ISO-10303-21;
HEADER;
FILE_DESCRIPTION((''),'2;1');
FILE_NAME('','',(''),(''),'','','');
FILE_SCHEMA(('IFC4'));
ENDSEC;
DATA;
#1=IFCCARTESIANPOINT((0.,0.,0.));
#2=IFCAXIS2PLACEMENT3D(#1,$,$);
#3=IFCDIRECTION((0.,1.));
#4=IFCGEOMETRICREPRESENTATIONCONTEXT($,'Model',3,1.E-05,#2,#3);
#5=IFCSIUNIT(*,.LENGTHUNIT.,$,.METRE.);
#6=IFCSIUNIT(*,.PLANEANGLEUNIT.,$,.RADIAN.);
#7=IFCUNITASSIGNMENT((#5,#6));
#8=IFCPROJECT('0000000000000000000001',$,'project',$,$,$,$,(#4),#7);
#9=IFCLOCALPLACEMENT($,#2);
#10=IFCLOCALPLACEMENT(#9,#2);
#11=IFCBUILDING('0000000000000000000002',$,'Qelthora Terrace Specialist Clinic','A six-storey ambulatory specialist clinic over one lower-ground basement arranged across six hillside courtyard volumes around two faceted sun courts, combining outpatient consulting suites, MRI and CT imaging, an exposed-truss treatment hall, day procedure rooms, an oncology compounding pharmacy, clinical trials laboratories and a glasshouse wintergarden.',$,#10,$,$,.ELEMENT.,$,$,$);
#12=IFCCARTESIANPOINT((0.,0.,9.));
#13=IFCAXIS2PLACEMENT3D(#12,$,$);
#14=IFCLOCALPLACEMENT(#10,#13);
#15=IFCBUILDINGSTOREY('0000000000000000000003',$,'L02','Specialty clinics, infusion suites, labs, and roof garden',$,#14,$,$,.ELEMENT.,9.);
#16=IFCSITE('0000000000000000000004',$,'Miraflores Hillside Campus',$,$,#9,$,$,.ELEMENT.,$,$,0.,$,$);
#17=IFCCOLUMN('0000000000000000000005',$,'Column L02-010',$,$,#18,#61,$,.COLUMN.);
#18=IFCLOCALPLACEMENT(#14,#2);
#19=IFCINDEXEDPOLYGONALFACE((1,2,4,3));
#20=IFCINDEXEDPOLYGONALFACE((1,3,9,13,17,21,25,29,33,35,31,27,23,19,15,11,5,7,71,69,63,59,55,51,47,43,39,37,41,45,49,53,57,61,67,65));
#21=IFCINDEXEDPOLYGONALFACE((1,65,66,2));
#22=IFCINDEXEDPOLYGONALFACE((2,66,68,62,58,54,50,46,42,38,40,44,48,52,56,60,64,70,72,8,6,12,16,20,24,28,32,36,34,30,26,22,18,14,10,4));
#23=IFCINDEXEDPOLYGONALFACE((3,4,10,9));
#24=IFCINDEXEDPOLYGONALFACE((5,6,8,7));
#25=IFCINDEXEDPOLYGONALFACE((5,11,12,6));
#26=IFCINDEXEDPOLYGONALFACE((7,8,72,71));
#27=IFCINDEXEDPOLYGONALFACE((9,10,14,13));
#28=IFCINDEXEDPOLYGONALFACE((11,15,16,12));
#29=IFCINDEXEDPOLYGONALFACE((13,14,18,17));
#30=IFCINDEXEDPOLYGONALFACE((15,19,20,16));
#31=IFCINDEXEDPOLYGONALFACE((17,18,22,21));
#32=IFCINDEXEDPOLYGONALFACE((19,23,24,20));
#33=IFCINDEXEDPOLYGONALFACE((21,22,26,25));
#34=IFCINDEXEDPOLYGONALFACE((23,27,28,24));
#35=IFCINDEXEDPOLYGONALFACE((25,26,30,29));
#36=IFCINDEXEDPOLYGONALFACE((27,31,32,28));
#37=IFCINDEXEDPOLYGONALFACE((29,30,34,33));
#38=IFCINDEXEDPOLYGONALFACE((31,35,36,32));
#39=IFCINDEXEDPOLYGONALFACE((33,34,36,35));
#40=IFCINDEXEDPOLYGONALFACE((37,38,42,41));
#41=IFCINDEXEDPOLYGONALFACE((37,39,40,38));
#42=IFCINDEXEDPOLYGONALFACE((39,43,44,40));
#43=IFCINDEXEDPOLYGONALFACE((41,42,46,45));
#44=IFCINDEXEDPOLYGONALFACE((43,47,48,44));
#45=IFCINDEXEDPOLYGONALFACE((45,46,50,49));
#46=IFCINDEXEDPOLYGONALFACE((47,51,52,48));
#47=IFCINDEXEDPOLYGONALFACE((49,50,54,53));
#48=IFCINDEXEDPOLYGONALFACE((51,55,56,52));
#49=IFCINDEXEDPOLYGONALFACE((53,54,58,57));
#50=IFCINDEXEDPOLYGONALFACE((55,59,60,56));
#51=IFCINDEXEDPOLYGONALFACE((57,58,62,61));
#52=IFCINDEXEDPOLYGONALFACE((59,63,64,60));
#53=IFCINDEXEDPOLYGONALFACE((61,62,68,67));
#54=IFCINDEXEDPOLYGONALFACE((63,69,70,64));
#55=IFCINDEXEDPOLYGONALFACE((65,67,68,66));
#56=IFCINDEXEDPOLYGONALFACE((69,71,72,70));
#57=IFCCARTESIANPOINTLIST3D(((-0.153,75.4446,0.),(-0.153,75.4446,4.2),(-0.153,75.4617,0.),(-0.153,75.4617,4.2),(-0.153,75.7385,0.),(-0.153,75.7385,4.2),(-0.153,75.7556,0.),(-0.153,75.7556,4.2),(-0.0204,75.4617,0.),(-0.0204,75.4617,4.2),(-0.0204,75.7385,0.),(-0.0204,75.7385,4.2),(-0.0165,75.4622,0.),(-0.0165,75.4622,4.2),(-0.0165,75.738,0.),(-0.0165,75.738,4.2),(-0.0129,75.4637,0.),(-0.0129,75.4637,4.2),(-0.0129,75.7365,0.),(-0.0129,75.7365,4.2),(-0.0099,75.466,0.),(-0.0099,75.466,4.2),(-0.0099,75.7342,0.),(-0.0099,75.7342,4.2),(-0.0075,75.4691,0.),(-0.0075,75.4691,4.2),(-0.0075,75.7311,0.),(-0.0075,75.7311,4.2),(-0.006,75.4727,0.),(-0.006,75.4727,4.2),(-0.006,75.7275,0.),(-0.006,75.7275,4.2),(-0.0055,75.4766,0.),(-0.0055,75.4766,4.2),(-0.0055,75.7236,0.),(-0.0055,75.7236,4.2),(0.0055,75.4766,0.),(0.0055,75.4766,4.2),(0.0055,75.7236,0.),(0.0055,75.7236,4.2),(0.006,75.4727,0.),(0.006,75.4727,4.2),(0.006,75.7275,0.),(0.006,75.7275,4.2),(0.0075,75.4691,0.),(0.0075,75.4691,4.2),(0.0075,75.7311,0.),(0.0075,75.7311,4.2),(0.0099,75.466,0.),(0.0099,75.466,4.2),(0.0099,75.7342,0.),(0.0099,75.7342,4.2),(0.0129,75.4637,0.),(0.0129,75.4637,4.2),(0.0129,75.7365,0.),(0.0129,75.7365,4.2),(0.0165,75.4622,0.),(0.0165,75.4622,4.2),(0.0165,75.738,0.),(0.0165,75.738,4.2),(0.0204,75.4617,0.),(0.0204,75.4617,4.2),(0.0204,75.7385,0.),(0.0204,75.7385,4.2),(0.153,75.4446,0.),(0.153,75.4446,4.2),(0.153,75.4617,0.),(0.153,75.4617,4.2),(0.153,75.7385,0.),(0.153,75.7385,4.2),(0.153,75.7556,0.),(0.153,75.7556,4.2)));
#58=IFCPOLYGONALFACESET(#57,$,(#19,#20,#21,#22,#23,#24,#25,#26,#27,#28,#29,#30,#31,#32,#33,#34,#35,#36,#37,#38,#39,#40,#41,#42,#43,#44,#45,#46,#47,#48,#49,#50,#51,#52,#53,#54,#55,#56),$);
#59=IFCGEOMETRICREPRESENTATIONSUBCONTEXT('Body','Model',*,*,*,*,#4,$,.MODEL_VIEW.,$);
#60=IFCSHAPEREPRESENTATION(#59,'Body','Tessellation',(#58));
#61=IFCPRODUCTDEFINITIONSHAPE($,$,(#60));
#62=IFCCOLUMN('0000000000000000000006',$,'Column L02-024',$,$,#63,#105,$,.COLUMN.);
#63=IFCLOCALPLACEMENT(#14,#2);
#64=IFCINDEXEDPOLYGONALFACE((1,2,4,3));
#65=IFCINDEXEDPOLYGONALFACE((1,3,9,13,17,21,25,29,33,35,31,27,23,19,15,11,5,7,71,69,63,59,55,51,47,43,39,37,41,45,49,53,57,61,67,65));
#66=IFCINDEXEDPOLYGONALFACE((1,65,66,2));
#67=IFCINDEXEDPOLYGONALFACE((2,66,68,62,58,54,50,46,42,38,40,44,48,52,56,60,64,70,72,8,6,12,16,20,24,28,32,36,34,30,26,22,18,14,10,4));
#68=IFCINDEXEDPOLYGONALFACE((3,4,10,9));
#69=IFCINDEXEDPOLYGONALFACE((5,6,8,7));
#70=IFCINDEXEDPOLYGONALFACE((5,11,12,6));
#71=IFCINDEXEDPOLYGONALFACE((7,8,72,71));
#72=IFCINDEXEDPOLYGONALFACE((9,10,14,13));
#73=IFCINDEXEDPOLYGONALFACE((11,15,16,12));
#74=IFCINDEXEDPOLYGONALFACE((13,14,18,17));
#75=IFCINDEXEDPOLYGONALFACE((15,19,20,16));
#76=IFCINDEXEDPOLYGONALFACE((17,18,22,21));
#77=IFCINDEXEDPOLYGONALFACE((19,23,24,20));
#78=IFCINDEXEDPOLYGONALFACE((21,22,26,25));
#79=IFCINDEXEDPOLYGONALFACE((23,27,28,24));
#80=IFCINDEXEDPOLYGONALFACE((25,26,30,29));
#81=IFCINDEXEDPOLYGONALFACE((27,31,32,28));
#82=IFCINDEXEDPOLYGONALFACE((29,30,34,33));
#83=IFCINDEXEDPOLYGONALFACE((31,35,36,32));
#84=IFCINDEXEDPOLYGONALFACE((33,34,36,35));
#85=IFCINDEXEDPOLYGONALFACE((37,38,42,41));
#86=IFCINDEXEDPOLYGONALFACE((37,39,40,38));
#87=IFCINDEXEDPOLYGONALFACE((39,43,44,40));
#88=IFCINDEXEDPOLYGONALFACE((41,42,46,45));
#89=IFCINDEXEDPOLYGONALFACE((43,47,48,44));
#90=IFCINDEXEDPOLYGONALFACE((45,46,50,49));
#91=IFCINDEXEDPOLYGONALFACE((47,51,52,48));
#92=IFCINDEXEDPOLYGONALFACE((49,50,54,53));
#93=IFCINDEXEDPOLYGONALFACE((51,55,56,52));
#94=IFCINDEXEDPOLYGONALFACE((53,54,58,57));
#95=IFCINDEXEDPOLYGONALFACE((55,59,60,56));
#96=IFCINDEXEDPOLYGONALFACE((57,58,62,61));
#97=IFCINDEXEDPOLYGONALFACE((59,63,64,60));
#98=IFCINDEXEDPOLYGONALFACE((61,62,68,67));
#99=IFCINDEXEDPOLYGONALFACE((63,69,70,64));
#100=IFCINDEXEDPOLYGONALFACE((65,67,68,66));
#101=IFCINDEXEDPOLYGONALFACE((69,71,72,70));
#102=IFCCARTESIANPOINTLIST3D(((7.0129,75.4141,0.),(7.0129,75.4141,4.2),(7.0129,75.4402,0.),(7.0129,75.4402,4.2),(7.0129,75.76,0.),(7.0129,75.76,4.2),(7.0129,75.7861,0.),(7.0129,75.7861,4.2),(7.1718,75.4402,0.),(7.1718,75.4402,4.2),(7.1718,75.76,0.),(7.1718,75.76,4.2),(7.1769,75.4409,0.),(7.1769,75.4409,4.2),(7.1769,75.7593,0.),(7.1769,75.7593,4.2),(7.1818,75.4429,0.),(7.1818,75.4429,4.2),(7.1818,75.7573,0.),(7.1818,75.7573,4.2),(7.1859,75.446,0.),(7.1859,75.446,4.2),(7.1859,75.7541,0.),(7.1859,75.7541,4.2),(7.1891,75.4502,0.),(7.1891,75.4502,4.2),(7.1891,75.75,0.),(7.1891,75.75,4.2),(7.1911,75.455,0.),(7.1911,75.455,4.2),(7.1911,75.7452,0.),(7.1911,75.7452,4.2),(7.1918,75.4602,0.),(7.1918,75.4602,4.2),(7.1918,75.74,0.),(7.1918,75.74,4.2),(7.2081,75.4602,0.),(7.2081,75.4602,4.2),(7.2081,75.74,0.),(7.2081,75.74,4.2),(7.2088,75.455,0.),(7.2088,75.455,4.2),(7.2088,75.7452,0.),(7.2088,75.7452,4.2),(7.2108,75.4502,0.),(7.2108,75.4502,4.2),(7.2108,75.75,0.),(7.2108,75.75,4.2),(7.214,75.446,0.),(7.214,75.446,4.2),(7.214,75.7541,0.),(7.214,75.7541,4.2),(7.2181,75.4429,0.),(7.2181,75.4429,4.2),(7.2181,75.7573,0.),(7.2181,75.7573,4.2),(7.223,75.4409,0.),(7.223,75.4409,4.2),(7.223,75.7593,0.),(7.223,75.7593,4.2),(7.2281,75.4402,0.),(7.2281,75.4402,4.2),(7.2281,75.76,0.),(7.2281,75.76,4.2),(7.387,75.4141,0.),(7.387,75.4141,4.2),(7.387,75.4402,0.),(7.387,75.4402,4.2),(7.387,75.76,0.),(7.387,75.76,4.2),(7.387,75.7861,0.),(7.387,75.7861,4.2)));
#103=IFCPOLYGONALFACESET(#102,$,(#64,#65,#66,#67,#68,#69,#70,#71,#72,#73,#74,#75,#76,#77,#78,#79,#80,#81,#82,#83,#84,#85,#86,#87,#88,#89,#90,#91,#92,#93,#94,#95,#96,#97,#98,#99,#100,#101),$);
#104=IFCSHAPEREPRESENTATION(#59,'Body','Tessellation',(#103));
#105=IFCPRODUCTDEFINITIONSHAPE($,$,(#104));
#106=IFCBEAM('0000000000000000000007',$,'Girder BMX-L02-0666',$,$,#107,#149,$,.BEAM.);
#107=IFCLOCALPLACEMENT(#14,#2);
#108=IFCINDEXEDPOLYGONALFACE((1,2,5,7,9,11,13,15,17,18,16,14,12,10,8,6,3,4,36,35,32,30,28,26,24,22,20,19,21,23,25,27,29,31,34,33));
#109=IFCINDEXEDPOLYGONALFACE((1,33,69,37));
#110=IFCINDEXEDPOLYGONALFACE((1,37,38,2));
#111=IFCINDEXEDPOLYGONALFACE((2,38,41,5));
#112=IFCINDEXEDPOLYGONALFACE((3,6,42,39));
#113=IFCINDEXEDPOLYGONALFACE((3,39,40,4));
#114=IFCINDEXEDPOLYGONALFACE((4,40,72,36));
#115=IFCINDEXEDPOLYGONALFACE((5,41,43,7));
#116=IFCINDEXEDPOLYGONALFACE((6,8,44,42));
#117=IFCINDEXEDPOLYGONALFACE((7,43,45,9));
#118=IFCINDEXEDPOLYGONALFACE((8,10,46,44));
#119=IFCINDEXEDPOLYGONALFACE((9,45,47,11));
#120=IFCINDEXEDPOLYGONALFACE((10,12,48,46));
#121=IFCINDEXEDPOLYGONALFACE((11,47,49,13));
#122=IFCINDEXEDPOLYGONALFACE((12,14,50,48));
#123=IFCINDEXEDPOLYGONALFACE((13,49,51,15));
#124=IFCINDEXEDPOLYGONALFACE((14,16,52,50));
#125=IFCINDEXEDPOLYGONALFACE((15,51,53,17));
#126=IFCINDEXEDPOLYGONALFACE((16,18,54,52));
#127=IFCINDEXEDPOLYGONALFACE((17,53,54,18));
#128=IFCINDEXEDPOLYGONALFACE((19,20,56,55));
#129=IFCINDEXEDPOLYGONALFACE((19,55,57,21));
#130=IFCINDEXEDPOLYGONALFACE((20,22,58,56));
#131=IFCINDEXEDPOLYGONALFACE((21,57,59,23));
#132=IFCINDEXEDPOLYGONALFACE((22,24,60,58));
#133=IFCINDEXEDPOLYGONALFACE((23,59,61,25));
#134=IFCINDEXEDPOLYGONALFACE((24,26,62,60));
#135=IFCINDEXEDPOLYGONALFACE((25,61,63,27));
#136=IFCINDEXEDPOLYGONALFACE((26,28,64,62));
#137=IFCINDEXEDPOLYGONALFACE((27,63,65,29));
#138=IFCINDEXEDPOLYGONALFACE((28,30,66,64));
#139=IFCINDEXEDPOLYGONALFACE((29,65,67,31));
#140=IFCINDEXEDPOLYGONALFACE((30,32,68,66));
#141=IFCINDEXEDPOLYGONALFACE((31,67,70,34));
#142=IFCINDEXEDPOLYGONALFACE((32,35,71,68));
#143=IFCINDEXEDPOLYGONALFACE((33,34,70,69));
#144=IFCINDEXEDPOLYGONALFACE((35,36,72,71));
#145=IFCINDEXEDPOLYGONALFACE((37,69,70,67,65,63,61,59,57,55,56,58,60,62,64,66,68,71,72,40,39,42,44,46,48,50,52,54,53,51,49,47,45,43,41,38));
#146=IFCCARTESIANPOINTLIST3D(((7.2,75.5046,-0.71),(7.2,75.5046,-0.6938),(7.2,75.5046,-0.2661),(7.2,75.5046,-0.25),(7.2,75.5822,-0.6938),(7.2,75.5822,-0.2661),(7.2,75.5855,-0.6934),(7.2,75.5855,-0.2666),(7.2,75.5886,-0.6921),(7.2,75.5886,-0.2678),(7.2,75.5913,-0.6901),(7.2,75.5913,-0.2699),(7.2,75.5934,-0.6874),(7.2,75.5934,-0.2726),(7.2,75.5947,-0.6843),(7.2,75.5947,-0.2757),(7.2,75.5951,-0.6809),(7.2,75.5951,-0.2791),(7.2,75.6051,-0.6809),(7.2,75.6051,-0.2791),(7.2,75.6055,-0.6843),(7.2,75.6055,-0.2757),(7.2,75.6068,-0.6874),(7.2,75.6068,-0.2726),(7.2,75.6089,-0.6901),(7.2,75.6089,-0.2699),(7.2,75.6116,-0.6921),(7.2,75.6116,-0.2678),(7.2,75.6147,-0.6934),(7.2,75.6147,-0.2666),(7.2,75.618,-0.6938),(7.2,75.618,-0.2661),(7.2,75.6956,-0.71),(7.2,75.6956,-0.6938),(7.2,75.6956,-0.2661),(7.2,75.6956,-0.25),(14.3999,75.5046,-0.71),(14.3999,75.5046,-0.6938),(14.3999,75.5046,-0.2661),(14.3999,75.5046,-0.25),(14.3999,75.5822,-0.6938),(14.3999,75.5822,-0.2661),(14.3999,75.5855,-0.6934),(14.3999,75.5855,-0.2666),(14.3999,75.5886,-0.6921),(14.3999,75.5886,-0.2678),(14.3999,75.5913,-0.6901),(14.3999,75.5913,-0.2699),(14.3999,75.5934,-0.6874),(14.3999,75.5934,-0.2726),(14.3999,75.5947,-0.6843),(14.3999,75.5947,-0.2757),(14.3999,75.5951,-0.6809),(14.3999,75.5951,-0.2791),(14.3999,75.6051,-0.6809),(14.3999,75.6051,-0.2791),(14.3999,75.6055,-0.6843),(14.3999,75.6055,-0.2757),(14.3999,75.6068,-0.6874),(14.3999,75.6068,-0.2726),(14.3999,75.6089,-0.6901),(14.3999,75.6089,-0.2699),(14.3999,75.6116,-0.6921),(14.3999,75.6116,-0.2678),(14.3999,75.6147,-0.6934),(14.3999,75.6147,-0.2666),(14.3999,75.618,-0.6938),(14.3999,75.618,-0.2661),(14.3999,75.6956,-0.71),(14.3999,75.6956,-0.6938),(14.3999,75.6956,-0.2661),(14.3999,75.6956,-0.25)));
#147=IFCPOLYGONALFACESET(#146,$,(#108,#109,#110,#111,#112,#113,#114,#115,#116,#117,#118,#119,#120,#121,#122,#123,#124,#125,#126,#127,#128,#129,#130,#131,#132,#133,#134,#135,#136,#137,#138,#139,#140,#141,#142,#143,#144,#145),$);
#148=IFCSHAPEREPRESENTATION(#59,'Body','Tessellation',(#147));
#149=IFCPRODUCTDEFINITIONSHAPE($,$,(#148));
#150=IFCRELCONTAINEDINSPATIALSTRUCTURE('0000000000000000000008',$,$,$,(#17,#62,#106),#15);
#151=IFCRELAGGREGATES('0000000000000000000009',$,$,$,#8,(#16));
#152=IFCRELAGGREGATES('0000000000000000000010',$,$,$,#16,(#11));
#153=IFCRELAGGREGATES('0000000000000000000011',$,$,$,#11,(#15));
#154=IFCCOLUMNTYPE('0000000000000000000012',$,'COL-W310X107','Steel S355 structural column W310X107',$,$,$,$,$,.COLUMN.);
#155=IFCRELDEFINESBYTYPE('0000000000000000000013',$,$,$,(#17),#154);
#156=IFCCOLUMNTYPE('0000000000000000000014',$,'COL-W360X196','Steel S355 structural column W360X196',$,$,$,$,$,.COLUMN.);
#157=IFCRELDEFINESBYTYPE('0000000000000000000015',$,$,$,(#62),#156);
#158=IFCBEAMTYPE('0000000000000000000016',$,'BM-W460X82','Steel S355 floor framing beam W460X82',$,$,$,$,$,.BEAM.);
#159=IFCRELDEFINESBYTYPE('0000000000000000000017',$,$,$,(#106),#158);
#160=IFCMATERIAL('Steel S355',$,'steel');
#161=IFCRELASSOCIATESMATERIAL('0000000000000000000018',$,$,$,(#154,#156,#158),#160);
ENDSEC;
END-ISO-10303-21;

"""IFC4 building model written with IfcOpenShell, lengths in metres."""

from ifc_helpers import new_model, si_unit, direction, frame, origin, origin_2d, place, context, subcontext, project, spatial, i_section, extrude, material, material_profile, profile_set, type_object, element, save


model = new_model("IFC4")

# Units and contexts
model_context = context("Model", 3, precision=1e-05, world=origin(), true_north=direction((0.0, 1.0)))
body_context = subcontext(model_context, "Body", "Model", "MODEL_VIEW")
ifc_project = project(units=[si_unit("LENGTHUNIT", "METRE"), si_unit("PLANEANGLEUNIT", "RADIAN")], contexts=[model_context])

# Site, building, storey
site_placement = place(None, origin())
site = spatial("IfcSite", under=ifc_project, at=site_placement, Name="Miraflores Hillside Campus", CompositionType="ELEMENT", RefElevation=0.0)
building_placement = place(site_placement, origin())
building = spatial("IfcBuilding", under=site, at=building_placement, Name="Qelthora Terrace Specialist Clinic", Description="A six-storey ambulatory specialist clinic over one lower-ground basement arranged across six hillside courtyard volumes around two faceted sun courts, combining outpatient consulting suites, MRI and CT imaging, an exposed-truss treatment hall, day procedure rooms, an oncology compounding pharmacy, clinical trials laboratories and a glasshouse wintergarden.", CompositionType="ELEMENT")
storey_placement = place(building_placement, frame((0.0, 0.0, 9.0)))
storey = spatial("IfcBuildingStorey", under=building, at=storey_placement, Name="L02", Description="Specialty clinics, infusion suites, labs, and roof garden", CompositionType="ELEMENT", Elevation=9.0)

# Columns
ifc_material_1 = material(Name="Steel S355", Category="steel")
ifc_material_profile_1 = material_profile(ifc_material_1, i_section(OverallWidth=0.3059, OverallDepth=0.311, WebThickness=0.011, FlangeThickness=0.0171, FilletRadius=0.0149, at=origin_2d()), Name="W310X107")
ifc_profile_set_1 = profile_set([ifc_material_profile_1], Name="Steel S355")
column_type_1 = type_object("IfcColumnType", Name="COL-W310X107", Description="Steel S355 structural column W310X107", PredefinedType="COLUMN", material=ifc_profile_set_1)
column_1_placement = place(storey_placement, frame((0.0, 75.6001, 0.0), z_axis=(0.0, 0.0, 1.0), x_axis=(1.0, 0.0, 0.0)))
element("IfcColumn", 1, at=column_1_placement, inside=storey, type_object=column_type_1, Name="Column L02-010", PredefinedType="COLUMN", context=body_context, shape_type="SweptSolid", body=[
    extrude(i_section(OverallWidth=0.3059, OverallDepth=0.311, WebThickness=0.011, FlangeThickness=0.0171, FilletRadius=0.0149, at=origin_2d()), origin(), (0.0, 0.0, 1.0), 4.2),
])
ifc_material_profile_2 = material_profile(ifc_material_1, i_section(OverallWidth=0.374, OverallDepth=0.3721, WebThickness=0.0164, FlangeThickness=0.0261, FilletRadius=0.02, at=origin_2d()), Name="W360X196")
ifc_profile_set_2 = profile_set([ifc_material_profile_2], Name="Steel S355")
column_type_2 = type_object("IfcColumnType", Name="COL-W360X196", Description="Steel S355 structural column W360X196", PredefinedType="COLUMN", material=ifc_profile_set_2)
column_2_placement = place(storey_placement, frame((7.2, 75.6001, 0.0), z_axis=(0.0, 0.0, 1.0), x_axis=(1.0, 0.0, 0.0)))
element("IfcColumn", 2, at=column_2_placement, inside=storey, type_object=column_type_2, Name="Column L02-024", PredefinedType="COLUMN", context=body_context, shape_type="SweptSolid", body=[
    extrude(i_section(OverallWidth=0.374, OverallDepth=0.3721, WebThickness=0.0164, FlangeThickness=0.0261, FilletRadius=0.02, at=origin_2d()), origin(), (0.0, 0.0, 1.0), 4.2),
])

# Beam
ifc_material_profile_3 = material_profile(ifc_material_1, i_section(OverallWidth=0.1909, OverallDepth=0.46, WebThickness=0.01, FlangeThickness=0.0161, FilletRadius=0.0129, at=origin_2d()), Name="W460X82")
ifc_profile_set_3 = profile_set([ifc_material_profile_3], Name="Steel S355")
beam_type_1 = type_object("IfcBeamType", Name="BM-W460X82", Description="Steel S355 floor framing beam W460X82", PredefinedType="BEAM", material=ifc_profile_set_3)
beam_1_placement = place(storey_placement, frame((7.2, 75.6001, -0.48), z_axis=(1.0, 0.0, 0.0), x_axis=(0.0, 1.0, 0.0)))
element("IfcBeam", 3, at=beam_1_placement, inside=storey, type_object=beam_type_1, Name="Girder BMX-L02-0666", PredefinedType="BEAM", context=body_context, shape_type="SweptSolid", body=[
    extrude(i_section(OverallWidth=0.1909, OverallDepth=0.46, WebThickness=0.01, FlangeThickness=0.0161, FilletRadius=0.0129, at=origin_2d()), origin(), (0.0, 0.0, 1.0), 7.2),
])

save(model, "model.ifc")
